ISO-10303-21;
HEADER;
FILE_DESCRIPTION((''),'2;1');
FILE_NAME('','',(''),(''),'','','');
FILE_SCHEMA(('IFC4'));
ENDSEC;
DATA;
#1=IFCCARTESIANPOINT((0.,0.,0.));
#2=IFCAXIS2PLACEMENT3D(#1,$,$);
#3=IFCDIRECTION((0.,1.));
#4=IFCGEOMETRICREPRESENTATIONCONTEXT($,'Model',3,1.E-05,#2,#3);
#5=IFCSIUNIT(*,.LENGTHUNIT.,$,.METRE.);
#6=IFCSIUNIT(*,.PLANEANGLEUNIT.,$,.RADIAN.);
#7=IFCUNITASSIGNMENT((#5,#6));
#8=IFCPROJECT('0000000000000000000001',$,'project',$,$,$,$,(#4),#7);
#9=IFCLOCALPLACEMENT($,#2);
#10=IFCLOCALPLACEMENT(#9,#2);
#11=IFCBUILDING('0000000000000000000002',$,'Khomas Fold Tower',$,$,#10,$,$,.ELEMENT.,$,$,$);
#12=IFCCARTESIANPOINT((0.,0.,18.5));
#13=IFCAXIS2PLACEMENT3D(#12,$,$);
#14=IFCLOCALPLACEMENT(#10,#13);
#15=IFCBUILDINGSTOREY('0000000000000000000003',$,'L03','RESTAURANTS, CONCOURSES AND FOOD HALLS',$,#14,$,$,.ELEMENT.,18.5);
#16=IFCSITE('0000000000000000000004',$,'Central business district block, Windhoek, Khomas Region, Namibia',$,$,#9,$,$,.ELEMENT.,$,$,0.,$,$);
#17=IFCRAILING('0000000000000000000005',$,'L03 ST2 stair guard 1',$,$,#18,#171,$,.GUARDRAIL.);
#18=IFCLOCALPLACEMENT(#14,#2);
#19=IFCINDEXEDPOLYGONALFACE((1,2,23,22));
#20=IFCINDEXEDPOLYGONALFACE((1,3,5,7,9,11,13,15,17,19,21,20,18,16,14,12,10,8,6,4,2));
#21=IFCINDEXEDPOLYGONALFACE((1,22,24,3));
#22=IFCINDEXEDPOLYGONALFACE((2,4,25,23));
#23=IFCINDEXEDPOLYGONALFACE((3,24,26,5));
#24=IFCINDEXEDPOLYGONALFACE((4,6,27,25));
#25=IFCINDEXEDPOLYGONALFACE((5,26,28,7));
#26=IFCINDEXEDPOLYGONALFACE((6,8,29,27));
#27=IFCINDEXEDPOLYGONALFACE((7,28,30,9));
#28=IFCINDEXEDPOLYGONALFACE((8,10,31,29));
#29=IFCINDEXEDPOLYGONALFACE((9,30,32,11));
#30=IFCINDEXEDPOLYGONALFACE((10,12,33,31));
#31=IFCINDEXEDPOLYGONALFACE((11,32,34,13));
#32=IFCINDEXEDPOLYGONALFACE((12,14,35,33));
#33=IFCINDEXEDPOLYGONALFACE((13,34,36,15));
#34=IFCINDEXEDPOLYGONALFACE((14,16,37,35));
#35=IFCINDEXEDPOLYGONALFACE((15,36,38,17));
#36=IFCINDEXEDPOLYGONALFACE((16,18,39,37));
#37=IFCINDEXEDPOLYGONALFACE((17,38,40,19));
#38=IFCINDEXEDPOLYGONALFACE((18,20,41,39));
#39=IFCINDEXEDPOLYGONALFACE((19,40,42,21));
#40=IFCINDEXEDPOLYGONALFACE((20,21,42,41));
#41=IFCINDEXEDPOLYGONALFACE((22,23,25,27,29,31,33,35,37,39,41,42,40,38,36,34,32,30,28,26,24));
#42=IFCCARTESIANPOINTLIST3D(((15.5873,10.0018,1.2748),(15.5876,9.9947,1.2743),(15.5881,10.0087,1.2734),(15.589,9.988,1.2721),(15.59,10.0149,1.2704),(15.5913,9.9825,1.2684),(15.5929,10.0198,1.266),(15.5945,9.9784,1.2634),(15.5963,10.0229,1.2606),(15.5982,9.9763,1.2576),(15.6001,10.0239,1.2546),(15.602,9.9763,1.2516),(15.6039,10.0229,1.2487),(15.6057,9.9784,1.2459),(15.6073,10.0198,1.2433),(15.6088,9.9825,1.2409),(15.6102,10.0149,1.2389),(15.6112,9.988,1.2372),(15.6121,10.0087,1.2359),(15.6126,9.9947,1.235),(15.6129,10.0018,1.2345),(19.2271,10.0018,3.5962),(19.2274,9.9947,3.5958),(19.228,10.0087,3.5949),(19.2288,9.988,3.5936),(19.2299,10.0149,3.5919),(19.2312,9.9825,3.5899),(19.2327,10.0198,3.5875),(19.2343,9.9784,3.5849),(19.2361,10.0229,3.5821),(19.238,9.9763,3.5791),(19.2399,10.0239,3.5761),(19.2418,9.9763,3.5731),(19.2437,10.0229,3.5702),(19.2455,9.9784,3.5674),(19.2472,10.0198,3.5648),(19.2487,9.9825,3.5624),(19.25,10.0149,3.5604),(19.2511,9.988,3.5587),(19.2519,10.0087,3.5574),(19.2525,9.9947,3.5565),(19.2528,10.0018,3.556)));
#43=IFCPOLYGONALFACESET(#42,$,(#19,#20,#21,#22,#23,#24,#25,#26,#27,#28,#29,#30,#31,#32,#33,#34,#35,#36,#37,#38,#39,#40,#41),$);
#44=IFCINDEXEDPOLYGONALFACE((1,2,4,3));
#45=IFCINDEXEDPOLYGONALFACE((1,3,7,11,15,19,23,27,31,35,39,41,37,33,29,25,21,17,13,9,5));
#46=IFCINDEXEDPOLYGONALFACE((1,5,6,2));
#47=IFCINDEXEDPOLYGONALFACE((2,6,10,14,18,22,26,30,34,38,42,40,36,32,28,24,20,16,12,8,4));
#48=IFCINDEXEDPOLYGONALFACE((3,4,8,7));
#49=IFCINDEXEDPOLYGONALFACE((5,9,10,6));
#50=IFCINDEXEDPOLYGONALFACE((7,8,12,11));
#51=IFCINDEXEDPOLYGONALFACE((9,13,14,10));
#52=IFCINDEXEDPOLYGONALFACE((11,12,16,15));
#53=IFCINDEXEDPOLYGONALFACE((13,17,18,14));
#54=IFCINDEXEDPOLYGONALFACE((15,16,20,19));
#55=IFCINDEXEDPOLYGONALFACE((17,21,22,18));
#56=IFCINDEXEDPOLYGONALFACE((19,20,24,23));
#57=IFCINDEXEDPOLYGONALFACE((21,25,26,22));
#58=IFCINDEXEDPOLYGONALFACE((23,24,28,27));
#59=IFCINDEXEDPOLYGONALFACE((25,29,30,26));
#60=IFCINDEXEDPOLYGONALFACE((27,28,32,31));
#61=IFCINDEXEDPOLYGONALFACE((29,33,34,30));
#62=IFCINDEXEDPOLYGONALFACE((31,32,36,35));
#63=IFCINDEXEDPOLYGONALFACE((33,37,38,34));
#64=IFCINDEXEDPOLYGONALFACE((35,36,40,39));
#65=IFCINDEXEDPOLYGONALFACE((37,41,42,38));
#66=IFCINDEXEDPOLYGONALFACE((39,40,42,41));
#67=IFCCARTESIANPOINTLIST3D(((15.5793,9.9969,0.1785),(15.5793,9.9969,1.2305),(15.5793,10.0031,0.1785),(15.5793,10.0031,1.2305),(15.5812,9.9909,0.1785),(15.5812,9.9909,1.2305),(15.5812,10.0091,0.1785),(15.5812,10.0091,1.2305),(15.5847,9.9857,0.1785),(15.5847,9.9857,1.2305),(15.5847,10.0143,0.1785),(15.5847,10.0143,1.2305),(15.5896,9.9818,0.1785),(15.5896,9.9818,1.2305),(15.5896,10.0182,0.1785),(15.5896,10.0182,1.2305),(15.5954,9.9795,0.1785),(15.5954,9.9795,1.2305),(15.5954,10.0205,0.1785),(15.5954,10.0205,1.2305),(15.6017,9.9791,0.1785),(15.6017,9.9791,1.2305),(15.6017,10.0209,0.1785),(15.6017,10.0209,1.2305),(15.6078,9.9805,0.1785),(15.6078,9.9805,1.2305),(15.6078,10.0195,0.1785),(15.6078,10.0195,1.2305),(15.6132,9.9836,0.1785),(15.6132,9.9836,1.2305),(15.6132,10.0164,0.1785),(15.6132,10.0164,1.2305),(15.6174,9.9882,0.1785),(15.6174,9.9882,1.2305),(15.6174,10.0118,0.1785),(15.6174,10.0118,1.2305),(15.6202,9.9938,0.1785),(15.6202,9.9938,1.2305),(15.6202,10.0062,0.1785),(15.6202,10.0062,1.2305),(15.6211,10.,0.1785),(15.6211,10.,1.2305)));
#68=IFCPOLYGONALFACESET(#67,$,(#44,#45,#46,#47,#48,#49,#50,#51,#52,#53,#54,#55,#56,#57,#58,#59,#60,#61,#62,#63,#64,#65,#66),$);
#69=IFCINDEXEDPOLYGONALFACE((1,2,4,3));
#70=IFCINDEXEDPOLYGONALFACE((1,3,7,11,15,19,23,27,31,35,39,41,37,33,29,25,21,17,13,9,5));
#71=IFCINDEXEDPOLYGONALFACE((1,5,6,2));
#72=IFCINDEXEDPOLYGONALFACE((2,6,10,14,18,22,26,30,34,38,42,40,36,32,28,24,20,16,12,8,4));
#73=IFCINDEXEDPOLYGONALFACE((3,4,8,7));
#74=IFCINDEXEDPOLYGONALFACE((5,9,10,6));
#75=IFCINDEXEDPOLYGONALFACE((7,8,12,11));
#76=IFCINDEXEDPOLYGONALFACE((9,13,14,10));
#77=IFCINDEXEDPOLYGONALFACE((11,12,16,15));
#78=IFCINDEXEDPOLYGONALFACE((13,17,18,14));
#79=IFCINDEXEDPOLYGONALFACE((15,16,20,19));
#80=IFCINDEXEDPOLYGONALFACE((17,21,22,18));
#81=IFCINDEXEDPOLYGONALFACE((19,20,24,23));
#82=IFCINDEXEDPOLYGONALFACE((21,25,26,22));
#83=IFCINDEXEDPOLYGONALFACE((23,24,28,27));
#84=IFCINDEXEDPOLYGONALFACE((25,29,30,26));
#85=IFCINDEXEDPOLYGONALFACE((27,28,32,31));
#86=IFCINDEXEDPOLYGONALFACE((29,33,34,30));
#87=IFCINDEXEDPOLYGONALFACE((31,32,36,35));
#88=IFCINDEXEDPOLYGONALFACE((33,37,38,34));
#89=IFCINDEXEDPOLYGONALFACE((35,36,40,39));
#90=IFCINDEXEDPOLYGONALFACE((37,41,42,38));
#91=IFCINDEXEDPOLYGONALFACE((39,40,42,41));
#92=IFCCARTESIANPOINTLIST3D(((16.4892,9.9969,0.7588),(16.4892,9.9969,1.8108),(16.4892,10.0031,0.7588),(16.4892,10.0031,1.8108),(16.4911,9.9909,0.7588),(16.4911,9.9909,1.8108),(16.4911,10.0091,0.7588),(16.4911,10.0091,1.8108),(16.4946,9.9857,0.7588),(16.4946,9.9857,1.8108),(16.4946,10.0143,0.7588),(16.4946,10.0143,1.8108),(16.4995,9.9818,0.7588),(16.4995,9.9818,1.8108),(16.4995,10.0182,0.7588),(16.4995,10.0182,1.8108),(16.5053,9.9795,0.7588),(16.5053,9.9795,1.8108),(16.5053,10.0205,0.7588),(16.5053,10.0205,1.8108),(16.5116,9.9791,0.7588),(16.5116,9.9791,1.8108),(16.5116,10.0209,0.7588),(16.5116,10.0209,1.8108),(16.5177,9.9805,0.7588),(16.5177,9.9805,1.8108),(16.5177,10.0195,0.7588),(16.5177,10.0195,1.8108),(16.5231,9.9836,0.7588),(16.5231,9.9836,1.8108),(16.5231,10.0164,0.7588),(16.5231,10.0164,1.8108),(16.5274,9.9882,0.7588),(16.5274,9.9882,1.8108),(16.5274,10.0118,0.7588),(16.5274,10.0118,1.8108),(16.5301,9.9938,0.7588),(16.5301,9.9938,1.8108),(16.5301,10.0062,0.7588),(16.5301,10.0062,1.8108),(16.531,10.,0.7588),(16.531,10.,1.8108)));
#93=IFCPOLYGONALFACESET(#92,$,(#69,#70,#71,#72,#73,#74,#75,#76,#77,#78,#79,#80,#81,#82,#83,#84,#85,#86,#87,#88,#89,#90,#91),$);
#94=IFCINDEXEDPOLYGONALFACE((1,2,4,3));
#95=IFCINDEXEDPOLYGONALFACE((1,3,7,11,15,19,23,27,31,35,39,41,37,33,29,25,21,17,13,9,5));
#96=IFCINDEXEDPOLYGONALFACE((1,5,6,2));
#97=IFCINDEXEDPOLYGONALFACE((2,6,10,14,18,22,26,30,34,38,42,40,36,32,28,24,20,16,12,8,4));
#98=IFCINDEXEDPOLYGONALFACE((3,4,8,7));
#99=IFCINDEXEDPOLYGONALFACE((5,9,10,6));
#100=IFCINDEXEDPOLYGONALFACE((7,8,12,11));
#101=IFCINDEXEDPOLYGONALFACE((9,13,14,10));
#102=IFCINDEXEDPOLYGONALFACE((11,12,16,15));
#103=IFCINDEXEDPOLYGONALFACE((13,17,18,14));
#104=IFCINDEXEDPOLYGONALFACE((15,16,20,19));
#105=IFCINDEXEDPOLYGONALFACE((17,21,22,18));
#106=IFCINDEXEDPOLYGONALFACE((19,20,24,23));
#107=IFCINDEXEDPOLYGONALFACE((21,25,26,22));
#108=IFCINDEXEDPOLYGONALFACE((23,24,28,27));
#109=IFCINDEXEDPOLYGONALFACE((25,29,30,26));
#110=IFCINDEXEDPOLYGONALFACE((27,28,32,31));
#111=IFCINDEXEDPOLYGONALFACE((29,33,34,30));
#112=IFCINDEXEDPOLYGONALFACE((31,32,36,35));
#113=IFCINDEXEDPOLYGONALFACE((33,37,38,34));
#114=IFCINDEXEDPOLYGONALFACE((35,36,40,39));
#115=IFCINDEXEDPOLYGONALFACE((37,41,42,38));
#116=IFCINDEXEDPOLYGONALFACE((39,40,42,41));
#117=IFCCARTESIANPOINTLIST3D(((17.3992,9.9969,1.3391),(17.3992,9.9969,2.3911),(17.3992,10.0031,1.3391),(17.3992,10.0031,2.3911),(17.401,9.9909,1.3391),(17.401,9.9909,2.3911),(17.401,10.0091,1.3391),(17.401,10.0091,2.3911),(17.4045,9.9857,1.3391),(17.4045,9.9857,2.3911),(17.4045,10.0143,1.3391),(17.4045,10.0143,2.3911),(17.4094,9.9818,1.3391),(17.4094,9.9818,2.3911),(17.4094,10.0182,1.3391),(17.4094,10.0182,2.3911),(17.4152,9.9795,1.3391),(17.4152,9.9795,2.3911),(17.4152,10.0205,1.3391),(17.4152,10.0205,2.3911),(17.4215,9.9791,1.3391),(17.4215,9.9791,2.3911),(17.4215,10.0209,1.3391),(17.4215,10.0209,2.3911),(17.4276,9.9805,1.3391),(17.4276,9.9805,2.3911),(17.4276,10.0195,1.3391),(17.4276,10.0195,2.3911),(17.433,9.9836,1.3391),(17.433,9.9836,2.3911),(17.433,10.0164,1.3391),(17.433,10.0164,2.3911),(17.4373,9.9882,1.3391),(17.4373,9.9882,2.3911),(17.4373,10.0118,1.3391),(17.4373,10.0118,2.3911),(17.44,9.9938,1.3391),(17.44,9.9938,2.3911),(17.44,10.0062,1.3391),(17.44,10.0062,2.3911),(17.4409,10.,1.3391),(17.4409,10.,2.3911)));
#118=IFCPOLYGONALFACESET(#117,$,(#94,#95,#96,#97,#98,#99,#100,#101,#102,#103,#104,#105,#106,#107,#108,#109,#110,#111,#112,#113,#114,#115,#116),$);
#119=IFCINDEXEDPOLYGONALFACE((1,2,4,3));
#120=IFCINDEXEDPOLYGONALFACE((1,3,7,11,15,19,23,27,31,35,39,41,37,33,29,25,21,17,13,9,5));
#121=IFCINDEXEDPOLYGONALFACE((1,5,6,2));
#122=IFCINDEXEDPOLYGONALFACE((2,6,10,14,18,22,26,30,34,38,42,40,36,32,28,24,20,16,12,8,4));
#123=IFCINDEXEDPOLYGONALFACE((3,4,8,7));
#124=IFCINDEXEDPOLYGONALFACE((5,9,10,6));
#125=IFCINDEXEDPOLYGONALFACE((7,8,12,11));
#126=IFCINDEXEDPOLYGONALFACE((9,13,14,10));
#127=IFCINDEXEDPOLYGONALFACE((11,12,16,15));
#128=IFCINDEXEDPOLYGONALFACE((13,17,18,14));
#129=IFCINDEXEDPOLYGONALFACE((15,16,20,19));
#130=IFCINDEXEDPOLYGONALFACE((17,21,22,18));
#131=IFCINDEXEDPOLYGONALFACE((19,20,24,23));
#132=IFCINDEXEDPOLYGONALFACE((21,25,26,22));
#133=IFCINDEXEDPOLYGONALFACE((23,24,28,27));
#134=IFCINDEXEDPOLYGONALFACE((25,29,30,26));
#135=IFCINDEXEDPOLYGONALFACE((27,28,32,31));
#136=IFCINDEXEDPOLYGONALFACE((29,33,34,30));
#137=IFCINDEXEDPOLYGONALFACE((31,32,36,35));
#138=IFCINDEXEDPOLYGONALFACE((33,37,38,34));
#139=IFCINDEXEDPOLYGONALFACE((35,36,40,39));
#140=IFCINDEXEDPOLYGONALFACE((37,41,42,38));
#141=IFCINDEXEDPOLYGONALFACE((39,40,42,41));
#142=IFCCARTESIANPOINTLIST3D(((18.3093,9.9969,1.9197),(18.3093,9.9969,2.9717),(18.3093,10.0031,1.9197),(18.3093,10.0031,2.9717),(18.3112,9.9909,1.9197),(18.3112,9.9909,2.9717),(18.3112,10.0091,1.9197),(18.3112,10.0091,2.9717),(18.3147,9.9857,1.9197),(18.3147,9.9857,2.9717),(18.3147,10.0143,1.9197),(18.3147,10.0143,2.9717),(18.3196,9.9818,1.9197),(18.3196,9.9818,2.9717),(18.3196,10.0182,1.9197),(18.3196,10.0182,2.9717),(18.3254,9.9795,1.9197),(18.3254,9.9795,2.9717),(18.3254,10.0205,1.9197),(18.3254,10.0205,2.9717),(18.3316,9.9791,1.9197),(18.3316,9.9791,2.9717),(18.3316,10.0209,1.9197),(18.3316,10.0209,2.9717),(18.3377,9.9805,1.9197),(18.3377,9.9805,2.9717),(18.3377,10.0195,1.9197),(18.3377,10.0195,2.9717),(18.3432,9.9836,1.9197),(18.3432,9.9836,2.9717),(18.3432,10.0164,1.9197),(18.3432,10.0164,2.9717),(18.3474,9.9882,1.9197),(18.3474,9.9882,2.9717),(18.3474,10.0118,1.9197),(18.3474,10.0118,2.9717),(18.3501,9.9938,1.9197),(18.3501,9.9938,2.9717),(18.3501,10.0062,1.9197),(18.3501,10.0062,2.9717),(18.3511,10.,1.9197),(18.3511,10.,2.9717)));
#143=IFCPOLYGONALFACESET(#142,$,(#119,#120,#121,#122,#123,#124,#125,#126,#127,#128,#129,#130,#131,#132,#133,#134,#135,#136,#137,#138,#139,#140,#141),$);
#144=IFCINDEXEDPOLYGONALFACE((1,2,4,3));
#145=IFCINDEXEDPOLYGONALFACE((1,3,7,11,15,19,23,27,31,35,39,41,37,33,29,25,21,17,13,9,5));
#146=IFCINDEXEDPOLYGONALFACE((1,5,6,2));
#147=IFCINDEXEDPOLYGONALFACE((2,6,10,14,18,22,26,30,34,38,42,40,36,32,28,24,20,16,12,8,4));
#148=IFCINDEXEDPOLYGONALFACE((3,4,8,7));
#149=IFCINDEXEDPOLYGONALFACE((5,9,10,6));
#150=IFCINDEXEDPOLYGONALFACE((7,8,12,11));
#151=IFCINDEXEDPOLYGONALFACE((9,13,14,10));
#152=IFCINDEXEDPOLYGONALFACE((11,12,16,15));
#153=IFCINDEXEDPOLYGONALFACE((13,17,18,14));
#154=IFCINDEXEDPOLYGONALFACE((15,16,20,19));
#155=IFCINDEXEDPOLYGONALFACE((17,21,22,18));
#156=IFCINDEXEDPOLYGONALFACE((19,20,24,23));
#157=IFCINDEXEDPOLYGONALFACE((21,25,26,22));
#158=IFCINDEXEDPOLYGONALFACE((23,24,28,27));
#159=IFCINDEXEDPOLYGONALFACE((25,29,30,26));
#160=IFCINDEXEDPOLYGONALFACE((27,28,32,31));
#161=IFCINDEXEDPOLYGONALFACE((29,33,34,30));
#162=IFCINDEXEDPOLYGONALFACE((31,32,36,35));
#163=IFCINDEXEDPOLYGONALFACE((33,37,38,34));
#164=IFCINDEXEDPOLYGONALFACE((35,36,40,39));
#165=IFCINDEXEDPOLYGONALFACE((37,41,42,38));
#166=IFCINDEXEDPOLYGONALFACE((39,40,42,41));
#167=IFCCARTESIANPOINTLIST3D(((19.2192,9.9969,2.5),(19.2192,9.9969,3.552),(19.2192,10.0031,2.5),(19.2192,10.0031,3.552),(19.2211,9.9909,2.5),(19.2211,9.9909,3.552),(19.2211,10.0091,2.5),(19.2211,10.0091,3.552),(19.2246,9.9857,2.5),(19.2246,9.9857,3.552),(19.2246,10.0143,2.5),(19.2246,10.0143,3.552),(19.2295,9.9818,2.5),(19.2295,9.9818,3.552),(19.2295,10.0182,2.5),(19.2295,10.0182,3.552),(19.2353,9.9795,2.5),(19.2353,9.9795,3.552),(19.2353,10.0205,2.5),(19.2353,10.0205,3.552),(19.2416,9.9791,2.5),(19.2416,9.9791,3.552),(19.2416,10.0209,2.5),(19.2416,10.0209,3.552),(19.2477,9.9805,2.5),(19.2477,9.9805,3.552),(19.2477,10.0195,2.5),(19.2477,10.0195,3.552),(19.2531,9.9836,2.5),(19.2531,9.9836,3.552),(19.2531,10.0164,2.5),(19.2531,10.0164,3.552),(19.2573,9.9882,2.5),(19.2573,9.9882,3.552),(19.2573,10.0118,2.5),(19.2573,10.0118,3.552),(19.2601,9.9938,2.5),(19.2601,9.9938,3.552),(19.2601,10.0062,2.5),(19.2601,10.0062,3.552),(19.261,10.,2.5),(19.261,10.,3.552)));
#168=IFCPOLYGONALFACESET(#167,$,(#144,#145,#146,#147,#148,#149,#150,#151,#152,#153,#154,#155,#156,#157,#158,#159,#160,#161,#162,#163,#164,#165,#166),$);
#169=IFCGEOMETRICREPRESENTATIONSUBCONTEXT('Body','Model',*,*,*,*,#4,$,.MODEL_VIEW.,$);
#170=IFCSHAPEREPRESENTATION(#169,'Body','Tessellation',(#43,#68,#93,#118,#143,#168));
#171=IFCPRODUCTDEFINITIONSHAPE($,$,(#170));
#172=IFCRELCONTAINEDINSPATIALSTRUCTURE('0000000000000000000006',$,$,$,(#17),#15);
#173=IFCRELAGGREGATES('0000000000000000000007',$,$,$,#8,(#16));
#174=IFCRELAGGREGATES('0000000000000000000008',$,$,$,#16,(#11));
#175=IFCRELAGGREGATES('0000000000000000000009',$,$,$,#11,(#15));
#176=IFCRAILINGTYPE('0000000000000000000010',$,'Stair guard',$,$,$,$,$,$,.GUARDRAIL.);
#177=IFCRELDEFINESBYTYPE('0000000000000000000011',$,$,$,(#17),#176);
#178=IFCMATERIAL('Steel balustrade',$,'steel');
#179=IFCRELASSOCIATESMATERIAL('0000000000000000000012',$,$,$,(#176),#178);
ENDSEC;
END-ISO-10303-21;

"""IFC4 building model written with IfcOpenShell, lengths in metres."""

from ifc_helpers import new_model, si_unit, direction, frame, origin, origin_2d, place, context, subcontext, project, spatial, circle, extrude, source, transform, mapped, material, type_object, element, save


model = new_model("IFC4")

# Units and contexts
model_context = context("Model", 3, precision=1e-05, world=origin(), true_north=direction((0.0, 1.0)))
body_context = subcontext(model_context, "Body", "Model", "MODEL_VIEW")
ifc_project = project(units=[si_unit("LENGTHUNIT", "METRE"), si_unit("PLANEANGLEUNIT", "RADIAN")], contexts=[model_context])

# Site, building, storey
site_placement = place(None, origin())
site = spatial("IfcSite", under=ifc_project, at=site_placement, Name="Central business district block, Windhoek, Khomas Region, Namibia", CompositionType="ELEMENT", RefElevation=0.0)
building_placement = place(site_placement, origin())
building = spatial("IfcBuilding", under=site, at=building_placement, Name="Khomas Fold Tower", CompositionType="ELEMENT")
storey_placement = place(building_placement, frame((0.0, 0.0, 18.5)))
storey = spatial("IfcBuildingStorey", under=building, at=storey_placement, Name="L03", Description="RESTAURANTS, CONCOURSES AND FOOD HALLS", CompositionType="ELEMENT", Elevation=18.5)

# Railing
ifc_material_1 = material(Name="Steel balustrade", Category="steel")
railing_type_1 = type_object("IfcRailingType", Name="Stair guard", PredefinedType="GUARDRAIL", material=ifc_material_1)
shared_shape_1 = source(origin(), body_context, "Body", "SweptSolid", [
    extrude(circle(Radius=0.0239, at=origin_2d()), frame((0.0, 0.0, 1.0762), z_axis=(0.843112, 0.0, 0.537739), x_axis=(0.0, 1.0, 0.0)), (0.0, 0.0, 1.0), 4.3171),
    extrude(circle(Radius=0.021, at=origin_2d()), origin(), (0.0, 0.0, 1.0), 1.052),
    extrude(circle(Radius=0.021, at=origin_2d()), frame((0.9099, 0.0, 0.5803)), (0.0, 0.0, 1.0), 1.052),
    extrude(circle(Radius=0.021, at=origin_2d()), frame((1.8198, 0.0, 1.1606)), (0.0, 0.0, 1.0), 1.052),
    extrude(circle(Radius=0.021, at=origin_2d()), frame((2.73, 0.0, 1.7412)), (0.0, 0.0, 1.0), 1.052),
    extrude(circle(Radius=0.021, at=origin_2d()), frame((3.6399, 0.0, 2.3215)), (0.0, 0.0, 1.0), 1.052),
])
railing_1_placement = place(storey_placement, frame((15.6001, 10.0, 0.1785)))
element("IfcRailing", 1, at=railing_1_placement, inside=storey, type_object=railing_type_1, Name="L03 ST2 stair guard 1", PredefinedType="GUARDRAIL", context=body_context, shape_type="MappedRepresentation", body=[
    mapped(shared_shape_1, transform((0.0, 0.0, 0.0))),
])

save(model, "model.ifc")
